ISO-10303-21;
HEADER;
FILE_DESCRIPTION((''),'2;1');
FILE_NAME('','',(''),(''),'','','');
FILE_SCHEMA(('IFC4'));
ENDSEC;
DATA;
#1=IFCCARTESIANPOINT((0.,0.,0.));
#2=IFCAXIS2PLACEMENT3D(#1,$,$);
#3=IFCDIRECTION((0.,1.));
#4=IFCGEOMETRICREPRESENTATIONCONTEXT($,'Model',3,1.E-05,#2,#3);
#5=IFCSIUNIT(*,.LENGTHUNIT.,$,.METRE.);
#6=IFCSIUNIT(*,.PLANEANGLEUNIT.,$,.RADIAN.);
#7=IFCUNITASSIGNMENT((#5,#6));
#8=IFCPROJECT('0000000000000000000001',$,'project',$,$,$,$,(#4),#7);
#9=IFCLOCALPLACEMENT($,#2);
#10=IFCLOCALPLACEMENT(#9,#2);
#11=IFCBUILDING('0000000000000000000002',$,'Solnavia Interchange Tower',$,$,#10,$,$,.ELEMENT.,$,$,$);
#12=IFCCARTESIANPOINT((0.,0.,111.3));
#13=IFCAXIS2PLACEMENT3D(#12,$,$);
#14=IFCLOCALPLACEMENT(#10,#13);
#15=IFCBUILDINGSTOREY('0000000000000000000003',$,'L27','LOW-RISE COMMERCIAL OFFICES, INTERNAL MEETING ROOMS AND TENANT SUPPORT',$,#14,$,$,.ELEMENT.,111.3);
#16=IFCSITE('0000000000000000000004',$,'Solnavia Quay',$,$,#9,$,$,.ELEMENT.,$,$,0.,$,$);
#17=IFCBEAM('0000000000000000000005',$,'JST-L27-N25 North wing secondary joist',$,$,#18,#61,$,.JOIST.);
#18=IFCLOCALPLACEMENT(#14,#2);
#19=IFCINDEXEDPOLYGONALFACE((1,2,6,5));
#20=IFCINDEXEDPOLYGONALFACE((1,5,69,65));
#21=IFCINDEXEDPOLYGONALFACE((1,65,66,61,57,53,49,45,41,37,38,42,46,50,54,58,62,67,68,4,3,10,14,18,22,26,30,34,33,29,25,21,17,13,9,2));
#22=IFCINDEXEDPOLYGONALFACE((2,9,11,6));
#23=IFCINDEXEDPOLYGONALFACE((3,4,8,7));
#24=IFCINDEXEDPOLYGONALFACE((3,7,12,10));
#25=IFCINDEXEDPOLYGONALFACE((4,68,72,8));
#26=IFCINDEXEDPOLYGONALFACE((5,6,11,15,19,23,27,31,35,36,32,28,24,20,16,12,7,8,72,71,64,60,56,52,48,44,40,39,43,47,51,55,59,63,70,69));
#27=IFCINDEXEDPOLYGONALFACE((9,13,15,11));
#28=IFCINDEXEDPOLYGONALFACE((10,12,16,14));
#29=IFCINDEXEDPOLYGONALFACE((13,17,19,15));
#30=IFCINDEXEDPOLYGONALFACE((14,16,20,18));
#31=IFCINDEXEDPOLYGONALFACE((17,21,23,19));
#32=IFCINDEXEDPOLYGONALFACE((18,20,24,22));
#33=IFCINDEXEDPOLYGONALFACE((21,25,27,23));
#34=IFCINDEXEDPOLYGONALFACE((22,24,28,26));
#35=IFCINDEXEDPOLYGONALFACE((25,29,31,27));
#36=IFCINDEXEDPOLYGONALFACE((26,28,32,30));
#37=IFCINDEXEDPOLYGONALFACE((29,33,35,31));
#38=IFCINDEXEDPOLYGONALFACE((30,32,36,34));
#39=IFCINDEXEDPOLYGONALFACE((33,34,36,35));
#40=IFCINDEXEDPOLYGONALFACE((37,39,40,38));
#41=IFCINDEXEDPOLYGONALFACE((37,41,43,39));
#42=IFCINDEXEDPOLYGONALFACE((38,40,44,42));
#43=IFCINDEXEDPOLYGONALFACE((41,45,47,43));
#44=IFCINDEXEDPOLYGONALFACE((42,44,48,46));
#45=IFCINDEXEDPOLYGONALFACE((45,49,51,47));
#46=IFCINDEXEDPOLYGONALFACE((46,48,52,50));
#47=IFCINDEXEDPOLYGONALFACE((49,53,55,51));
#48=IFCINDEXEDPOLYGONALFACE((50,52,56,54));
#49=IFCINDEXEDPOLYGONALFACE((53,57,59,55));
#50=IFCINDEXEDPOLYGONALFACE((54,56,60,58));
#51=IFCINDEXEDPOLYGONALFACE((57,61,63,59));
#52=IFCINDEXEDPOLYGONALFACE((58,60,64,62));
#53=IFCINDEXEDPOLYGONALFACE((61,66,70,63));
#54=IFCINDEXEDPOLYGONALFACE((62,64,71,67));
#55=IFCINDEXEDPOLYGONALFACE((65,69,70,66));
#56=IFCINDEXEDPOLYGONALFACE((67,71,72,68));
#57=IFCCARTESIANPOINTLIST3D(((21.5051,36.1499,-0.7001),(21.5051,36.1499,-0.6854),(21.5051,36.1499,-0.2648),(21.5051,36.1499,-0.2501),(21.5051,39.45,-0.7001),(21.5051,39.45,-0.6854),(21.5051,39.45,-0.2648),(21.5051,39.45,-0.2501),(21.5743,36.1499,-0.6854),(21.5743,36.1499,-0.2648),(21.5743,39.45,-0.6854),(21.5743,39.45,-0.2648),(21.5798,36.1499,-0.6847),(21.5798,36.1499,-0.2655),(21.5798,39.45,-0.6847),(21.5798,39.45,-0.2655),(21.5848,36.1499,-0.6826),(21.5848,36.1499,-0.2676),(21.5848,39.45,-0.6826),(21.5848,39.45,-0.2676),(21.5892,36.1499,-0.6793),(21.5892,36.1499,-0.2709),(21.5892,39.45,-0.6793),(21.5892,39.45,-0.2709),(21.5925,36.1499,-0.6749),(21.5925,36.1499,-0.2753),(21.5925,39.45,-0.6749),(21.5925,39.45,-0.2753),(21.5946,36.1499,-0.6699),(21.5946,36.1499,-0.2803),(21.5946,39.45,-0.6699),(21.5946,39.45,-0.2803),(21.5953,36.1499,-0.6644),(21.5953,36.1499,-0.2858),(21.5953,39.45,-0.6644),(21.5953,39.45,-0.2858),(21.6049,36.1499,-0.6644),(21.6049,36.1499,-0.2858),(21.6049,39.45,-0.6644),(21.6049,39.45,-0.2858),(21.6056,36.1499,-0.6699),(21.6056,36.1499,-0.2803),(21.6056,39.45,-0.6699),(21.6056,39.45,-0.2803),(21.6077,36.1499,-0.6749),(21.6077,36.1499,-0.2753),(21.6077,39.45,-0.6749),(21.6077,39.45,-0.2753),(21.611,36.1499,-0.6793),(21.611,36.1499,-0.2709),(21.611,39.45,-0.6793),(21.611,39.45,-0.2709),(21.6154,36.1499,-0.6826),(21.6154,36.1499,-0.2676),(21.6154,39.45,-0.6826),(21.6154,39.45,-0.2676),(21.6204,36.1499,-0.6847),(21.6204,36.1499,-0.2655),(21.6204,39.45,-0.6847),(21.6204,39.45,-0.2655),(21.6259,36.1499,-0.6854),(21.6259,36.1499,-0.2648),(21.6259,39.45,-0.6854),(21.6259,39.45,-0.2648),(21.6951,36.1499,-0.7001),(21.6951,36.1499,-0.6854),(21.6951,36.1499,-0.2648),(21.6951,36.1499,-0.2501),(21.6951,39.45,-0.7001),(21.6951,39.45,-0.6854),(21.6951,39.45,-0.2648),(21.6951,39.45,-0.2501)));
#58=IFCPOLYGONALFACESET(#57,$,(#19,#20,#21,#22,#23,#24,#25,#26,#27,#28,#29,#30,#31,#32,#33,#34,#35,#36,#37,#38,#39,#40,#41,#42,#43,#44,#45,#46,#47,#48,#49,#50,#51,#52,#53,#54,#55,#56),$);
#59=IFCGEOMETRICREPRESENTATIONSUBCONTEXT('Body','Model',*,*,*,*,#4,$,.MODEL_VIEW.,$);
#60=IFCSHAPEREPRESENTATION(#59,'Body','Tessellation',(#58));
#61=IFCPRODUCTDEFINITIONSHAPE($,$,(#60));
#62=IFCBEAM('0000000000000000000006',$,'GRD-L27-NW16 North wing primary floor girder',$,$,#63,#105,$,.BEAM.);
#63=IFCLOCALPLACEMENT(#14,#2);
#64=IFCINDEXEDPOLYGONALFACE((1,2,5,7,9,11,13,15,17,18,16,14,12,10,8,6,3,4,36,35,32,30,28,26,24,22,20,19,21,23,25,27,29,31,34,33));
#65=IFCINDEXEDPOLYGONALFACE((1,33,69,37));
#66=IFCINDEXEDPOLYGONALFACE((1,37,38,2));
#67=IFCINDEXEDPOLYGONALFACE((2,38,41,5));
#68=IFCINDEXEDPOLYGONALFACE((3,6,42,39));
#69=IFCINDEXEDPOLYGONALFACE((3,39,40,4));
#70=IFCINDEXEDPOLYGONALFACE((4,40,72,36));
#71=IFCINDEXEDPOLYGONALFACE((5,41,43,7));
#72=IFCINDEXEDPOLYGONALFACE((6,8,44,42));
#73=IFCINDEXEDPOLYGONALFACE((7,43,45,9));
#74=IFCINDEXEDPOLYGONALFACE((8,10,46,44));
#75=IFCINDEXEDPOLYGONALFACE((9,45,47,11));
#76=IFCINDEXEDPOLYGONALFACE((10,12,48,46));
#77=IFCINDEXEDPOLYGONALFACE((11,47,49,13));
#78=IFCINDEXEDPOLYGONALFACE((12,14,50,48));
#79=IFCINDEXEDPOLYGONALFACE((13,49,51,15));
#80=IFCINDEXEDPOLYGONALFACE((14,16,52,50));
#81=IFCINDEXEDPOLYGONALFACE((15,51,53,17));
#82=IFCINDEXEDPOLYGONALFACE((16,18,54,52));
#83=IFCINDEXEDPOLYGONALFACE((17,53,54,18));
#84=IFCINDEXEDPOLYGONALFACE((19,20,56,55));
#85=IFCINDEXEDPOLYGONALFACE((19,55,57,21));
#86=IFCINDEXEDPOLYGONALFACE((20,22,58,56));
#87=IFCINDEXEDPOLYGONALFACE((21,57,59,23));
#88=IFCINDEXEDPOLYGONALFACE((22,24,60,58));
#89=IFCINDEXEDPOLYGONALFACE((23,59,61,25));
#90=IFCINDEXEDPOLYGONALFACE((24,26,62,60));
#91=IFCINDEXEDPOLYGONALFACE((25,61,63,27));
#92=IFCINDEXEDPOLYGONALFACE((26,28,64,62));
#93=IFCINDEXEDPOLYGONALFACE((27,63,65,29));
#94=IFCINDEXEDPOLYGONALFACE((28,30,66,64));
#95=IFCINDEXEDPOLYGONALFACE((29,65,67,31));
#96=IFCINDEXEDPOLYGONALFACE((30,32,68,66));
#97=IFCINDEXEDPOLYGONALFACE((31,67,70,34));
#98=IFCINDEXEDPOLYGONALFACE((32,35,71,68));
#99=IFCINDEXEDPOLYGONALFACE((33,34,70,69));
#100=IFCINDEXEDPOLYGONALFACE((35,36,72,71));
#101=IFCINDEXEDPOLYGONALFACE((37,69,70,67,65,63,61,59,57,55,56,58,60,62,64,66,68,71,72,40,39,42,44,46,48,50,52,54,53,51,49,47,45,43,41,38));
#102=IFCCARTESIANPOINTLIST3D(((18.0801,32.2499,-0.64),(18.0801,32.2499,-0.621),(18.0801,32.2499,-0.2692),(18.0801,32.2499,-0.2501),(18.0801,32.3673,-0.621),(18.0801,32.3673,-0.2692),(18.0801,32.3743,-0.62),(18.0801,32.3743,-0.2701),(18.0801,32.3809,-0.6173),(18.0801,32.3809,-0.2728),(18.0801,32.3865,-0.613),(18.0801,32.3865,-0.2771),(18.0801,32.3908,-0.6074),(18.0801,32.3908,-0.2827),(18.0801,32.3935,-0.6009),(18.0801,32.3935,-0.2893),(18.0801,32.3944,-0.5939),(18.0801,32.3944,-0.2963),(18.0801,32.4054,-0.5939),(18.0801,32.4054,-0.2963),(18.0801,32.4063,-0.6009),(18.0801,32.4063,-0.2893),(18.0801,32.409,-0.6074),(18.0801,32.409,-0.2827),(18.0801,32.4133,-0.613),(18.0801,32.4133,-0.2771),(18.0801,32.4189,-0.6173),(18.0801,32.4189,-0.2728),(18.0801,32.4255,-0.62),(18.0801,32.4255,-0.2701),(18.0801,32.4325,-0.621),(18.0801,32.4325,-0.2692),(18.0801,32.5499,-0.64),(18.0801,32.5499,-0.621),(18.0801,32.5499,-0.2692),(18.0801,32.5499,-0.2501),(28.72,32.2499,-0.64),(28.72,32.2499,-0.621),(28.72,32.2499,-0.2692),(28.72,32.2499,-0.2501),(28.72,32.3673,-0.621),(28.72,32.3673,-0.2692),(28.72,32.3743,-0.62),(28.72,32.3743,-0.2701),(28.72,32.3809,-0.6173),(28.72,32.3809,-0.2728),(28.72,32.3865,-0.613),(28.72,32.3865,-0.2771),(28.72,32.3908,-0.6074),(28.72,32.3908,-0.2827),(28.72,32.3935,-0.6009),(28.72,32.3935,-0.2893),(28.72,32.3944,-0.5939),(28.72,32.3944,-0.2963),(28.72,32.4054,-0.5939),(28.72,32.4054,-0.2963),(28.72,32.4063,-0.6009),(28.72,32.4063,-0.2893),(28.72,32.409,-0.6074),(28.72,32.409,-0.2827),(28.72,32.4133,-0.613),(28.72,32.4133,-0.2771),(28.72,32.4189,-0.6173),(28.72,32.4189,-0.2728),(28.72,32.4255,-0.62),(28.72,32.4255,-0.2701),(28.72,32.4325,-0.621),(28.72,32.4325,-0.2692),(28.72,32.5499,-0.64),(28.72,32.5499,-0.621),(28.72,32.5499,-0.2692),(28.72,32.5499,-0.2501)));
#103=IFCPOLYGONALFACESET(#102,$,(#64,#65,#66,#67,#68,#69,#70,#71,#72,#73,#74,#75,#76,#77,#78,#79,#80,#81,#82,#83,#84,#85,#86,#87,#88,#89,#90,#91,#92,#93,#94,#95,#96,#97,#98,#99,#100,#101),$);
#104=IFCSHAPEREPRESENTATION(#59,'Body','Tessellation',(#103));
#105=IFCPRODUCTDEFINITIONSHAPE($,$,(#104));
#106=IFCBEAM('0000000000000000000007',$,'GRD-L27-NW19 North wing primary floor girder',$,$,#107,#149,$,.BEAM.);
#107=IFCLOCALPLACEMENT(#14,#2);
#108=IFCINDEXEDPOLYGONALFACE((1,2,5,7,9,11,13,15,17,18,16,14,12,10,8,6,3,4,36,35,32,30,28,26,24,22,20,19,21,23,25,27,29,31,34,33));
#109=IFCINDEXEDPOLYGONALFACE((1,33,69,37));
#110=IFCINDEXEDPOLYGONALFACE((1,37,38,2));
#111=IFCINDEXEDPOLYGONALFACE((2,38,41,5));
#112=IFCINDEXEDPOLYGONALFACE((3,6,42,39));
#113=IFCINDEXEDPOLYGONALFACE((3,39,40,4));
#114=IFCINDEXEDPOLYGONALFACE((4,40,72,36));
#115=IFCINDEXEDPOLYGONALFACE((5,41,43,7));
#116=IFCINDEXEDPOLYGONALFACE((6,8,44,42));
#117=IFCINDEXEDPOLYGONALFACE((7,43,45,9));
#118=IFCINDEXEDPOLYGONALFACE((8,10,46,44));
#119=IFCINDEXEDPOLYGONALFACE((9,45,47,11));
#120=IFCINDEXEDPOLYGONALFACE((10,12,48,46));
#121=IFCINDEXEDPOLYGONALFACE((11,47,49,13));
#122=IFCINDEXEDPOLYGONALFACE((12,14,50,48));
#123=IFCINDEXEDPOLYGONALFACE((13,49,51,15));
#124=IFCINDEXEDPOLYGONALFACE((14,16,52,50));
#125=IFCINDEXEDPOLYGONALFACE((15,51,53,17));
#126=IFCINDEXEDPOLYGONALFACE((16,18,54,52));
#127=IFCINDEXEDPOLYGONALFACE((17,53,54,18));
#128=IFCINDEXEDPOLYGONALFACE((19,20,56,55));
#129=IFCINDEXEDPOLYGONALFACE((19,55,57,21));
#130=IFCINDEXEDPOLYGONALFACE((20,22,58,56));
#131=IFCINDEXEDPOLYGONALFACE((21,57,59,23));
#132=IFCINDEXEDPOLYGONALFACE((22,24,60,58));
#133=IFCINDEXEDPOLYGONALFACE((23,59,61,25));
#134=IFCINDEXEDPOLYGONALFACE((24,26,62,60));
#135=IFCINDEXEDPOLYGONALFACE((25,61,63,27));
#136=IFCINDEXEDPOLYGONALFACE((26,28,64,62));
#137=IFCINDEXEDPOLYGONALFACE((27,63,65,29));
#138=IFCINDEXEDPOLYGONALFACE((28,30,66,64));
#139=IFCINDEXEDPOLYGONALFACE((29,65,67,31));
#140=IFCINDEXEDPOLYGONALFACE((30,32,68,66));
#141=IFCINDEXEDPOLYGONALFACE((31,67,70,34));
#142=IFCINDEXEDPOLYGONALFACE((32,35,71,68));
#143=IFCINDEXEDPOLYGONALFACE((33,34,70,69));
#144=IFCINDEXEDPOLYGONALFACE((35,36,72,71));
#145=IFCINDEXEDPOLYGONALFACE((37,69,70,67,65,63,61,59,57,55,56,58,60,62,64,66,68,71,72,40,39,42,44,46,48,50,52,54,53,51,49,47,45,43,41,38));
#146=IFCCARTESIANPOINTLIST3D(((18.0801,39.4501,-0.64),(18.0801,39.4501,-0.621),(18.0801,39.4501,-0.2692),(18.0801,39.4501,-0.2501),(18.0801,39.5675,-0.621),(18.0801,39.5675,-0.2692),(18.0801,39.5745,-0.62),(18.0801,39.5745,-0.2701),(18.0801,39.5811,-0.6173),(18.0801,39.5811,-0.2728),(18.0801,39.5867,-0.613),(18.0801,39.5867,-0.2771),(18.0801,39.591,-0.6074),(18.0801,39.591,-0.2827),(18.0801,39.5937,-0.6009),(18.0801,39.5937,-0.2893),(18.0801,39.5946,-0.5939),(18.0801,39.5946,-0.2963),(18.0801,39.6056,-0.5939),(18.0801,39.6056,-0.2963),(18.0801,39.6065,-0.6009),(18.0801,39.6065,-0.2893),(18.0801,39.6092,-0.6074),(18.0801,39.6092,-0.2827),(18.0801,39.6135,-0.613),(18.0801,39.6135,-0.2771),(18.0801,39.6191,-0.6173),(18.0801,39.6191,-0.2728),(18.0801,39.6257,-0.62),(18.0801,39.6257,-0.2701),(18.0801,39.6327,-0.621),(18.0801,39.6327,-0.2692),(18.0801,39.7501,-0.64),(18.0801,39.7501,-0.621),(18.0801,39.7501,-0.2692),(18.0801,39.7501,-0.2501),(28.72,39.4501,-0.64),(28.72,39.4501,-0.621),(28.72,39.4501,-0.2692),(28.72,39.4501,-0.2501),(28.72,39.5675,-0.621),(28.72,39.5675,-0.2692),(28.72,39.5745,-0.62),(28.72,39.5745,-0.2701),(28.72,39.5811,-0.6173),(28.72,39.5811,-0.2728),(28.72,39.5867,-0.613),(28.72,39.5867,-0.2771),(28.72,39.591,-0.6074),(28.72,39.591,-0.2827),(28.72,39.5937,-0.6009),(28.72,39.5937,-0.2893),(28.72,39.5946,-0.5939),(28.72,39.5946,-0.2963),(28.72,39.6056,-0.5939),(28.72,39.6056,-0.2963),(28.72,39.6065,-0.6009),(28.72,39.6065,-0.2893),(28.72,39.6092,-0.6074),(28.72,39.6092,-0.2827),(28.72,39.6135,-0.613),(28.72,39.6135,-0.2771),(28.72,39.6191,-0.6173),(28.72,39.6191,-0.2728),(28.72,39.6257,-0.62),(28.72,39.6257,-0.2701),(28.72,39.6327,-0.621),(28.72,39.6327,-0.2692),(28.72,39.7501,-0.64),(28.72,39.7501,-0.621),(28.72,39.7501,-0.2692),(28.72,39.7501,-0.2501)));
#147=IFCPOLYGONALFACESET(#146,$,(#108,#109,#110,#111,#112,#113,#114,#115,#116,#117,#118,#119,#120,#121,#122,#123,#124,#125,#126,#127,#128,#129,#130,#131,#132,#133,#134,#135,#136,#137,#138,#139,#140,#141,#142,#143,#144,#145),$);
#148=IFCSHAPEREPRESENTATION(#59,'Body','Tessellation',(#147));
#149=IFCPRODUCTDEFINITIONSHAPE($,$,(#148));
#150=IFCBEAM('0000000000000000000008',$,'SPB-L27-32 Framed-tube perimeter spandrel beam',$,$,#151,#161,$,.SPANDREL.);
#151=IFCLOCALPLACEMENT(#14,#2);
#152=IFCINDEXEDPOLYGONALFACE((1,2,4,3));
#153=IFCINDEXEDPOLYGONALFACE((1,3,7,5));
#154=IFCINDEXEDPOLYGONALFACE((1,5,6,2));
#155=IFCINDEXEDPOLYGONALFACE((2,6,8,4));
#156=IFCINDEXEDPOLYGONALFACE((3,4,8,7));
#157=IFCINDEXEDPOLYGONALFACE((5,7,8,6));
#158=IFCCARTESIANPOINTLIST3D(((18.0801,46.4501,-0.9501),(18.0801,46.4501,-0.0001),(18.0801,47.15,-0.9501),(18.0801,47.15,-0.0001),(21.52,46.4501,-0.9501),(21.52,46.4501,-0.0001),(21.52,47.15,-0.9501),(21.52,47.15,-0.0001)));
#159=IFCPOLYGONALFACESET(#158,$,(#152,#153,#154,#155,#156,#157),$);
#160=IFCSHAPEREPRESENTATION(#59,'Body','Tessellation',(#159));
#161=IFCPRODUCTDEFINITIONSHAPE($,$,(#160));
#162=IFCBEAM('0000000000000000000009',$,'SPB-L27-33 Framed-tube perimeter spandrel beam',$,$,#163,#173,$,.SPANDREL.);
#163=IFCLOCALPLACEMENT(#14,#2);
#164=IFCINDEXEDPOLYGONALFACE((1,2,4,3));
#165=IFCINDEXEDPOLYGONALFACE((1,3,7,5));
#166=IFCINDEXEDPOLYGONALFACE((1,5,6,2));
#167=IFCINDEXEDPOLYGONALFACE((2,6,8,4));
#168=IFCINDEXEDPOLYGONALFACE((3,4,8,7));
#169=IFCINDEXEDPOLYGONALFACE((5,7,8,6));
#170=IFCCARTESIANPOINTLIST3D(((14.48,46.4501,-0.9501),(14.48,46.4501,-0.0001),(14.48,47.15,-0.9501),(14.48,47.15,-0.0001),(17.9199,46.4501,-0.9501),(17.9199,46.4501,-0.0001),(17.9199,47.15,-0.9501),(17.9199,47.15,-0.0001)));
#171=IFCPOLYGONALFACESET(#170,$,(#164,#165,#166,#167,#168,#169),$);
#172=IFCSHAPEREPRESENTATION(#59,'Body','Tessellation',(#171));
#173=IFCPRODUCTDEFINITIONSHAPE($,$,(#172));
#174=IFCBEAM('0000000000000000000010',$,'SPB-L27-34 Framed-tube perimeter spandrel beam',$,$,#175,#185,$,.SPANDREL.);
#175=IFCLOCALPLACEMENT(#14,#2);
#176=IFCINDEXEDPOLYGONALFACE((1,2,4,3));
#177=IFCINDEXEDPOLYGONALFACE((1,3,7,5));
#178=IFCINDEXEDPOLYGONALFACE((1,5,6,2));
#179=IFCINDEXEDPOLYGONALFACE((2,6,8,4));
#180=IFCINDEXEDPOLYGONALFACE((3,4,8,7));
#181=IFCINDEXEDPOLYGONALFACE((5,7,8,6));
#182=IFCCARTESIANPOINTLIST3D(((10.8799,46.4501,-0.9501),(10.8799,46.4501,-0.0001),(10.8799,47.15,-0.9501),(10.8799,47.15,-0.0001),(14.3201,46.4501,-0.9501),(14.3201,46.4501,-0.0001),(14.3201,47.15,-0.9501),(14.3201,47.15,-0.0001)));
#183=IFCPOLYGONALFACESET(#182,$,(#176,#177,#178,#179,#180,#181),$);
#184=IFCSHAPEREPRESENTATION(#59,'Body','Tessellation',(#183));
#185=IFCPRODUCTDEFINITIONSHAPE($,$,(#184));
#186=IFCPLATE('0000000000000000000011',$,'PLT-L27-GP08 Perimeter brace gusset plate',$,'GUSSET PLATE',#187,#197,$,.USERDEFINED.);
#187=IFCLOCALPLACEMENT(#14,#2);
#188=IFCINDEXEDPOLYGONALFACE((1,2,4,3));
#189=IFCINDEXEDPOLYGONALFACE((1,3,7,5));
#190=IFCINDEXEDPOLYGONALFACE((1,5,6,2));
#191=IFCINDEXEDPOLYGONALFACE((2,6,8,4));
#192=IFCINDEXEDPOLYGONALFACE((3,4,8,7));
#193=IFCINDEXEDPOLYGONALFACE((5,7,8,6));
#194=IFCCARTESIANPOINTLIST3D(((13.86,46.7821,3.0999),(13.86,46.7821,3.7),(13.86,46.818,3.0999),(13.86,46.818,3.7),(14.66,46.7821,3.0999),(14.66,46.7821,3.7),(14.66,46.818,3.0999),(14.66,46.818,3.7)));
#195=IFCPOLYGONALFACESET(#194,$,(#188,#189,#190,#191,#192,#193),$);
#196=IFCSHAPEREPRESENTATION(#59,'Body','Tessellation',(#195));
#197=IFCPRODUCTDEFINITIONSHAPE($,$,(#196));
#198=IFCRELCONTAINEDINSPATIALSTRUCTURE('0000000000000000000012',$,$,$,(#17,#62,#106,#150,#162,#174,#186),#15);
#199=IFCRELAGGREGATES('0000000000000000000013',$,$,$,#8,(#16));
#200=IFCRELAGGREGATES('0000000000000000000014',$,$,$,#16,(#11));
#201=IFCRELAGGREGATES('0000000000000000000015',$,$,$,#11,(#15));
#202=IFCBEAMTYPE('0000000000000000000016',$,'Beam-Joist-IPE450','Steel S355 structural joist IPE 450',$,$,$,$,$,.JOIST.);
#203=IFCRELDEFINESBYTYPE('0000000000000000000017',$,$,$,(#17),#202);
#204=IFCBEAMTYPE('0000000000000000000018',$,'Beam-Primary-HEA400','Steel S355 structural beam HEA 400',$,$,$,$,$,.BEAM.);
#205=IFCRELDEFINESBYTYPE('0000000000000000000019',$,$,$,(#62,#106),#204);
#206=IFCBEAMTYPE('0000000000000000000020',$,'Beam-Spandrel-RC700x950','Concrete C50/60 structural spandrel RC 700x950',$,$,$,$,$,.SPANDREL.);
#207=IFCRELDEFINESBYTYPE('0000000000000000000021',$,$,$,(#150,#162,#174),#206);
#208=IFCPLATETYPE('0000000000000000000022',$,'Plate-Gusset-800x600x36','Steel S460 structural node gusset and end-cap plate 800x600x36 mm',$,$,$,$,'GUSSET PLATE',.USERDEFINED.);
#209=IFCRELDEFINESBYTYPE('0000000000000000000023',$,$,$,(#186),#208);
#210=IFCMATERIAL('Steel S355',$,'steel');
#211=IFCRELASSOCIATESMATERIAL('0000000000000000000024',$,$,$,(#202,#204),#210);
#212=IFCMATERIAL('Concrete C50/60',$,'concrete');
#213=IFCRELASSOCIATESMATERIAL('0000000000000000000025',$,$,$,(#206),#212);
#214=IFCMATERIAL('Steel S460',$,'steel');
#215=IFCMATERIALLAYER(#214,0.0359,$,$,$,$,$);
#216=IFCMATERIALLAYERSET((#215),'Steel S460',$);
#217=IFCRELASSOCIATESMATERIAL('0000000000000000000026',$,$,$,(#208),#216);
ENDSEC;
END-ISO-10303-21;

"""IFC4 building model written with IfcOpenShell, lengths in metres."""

from ifc_helpers import new_model, si_unit, direction, frame, origin, origin_2d, place, context, subcontext, project, spatial, rectangle, i_section, extrude, material, layer, layer_set, material_profile, profile_set, type_object, element, save


model = new_model("IFC4")

# Units and contexts
model_context = context("Model", 3, precision=1e-05, world=origin(), true_north=direction((0.0, 1.0)))
body_context = subcontext(model_context, "Body", "Model", "MODEL_VIEW")
ifc_project = project(units=[si_unit("LENGTHUNIT", "METRE"), si_unit("PLANEANGLEUNIT", "RADIAN")], contexts=[model_context])

# Site, building, storey
site_placement = place(None, origin())
site = spatial("IfcSite", under=ifc_project, at=site_placement, Name="Solnavia Quay", CompositionType="ELEMENT", RefElevation=0.0)
building_placement = place(site_placement, origin())
building = spatial("IfcBuilding", under=site, at=building_placement, Name="Solnavia Interchange Tower", CompositionType="ELEMENT")
storey_placement = place(building_placement, frame((0.0, 0.0, 111.3)))
storey = spatial("IfcBuildingStorey", under=building, at=storey_placement, Name="L27", Description="LOW-RISE COMMERCIAL OFFICES, INTERNAL MEETING ROOMS AND TENANT SUPPORT", CompositionType="ELEMENT", Elevation=111.3)

# Shared definitions
ifc_material_1 = material(Name="Concrete C50/60", Category="concrete")
ifc_material_2 = material(Name="Steel S355", Category="steel")

# Beams
ifc_material_3 = material(Name="Steel S460", Category="steel")
ifc_material_profile_1 = material_profile(ifc_material_2, i_section(OverallWidth=0.1899, OverallDepth=0.45, WebThickness=0.0095, FlangeThickness=0.0146, FilletRadius=0.021, at=origin_2d()), Name="IPE 450")
ifc_profile_set_1 = profile_set([ifc_material_profile_1], Name="Steel S355")
beam_type_1 = type_object("IfcBeamType", Name="Beam-Joist-IPE450", Description="Steel S355 structural joist IPE 450", PredefinedType="JOIST", material=ifc_profile_set_1)
for number, where, z_axis, x_axis, name in (
    (1, (21.6001, 36.1499, -0.4751), (0.0, 1.0, 0.0), (-1.0, 0.0, 0.0), "JST-L27-N25 North wing secondary joist"),
):
    element("IfcBeam", number, at=place(storey_placement, frame(where, z_axis=z_axis, x_axis=x_axis)), inside=storey, type_object=beam_type_1, Name=name, PredefinedType="JOIST", context=body_context, shape_type="SweptSolid", body=[
        extrude(i_section(OverallWidth=0.1899, OverallDepth=0.45, WebThickness=0.0095, FlangeThickness=0.0146, FilletRadius=0.021, at=origin_2d()), origin(), (0.0, 0.0, 1.0), 3.3),
    ])
ifc_material_profile_2 = material_profile(ifc_material_2, i_section(OverallWidth=0.3, OverallDepth=0.3899, WebThickness=0.011, FlangeThickness=0.019, FilletRadius=0.0271, at=origin_2d()), Name="HEA 400")
ifc_profile_set_2 = profile_set([ifc_material_profile_2], Name="Steel S355")
beam_type_2 = type_object("IfcBeamType", Name="Beam-Primary-HEA400", Description="Steel S355 structural beam HEA 400", PredefinedType="BEAM", material=ifc_profile_set_2)
for number, where, z_axis, x_axis, name in (
    (2, (18.0801, 32.3999, -0.4451), (1.0, 0.0, 0.0), (0.0, 1.0, 0.0), "GRD-L27-NW16 North wing primary floor girder"),
    (3, (18.0801, 39.6001, -0.4451), (1.0, 0.0, 0.0), (0.0, 1.0, 0.0), "GRD-L27-NW19 North wing primary floor girder"),
):
    element("IfcBeam", number, at=place(storey_placement, frame(where, z_axis=z_axis, x_axis=x_axis)), inside=storey, type_object=beam_type_2, Name=name, PredefinedType="BEAM", context=body_context, shape_type="SweptSolid", body=[
        extrude(i_section(OverallWidth=0.3, OverallDepth=0.3899, WebThickness=0.011, FlangeThickness=0.019, FilletRadius=0.0271, at=origin_2d()), origin(), (0.0, 0.0, 1.0), 10.6399),
    ])
ifc_material_profile_3 = material_profile(ifc_material_1, rectangle(XDim=0.7, YDim=0.95, at=origin_2d()), Name="RC 700x950")
ifc_profile_set_3 = profile_set([ifc_material_profile_3], Name="Concrete C50/60")
beam_type_3 = type_object("IfcBeamType", Name="Beam-Spandrel-RC700x950", Description="Concrete C50/60 structural spandrel RC 700x950", PredefinedType="SPANDREL", material=ifc_profile_set_3)
for number, where, z_axis, x_axis, name in (
    (4, (21.52, 46.8, -0.4751), (-1.0, 0.0, 0.0), (0.0, -1.0, 0.0), "SPB-L27-32 Framed-tube perimeter spandrel beam"),
    (5, (17.9199, 46.8, -0.4751), (-1.0, 0.0, 0.0), (0.0, -1.0, 0.0), "SPB-L27-33 Framed-tube perimeter spandrel beam"),
):
    element("IfcBeam", number, at=place(storey_placement, frame(where, z_axis=z_axis, x_axis=x_axis)), inside=storey, type_object=beam_type_3, Name=name, PredefinedType="SPANDREL", context=body_context, shape_type="SweptSolid", body=[
        extrude(rectangle(XDim=0.7, YDim=0.95, at=origin_2d()), origin(), (0.0, 0.0, 1.0), 3.4399),
    ])
beam_placement = place(storey_placement, frame((14.3201, 46.8, -0.4751), z_axis=(-1.0, 0.0, 0.0), x_axis=(0.0, -1.0, 0.0)))
element("IfcBeam", 6, at=beam_placement, inside=storey, type_object=beam_type_3, Name="SPB-L27-34 Framed-tube perimeter spandrel beam", PredefinedType="SPANDREL", context=body_context, shape_type="SweptSolid", body=[
    extrude(rectangle(XDim=0.7, YDim=0.95, at=origin_2d()), origin(), (0.0, 0.0, 1.0), 3.4402),
])

# Plate
ifc_layer_1 = layer(ifc_material_3, 0.0359)
ifc_layer_set_1 = layer_set([ifc_layer_1], Name="Steel S460")
plate_type = type_object("IfcPlateType", Name="Plate-Gusset-800x600x36", Description="Steel S460 structural node gusset and end-cap plate 800x600x36 mm", ElementType="GUSSET PLATE", PredefinedType="USERDEFINED", material=ifc_layer_set_1)
plate_placement = place(storey_placement, frame((14.26, 46.8, 3.0999), z_axis=(0.0, 0.0, 1.0), x_axis=(1.0, 0.0, 0.0)))
element("IfcPlate", 7, at=plate_placement, inside=storey, type_object=plate_type, Name="PLT-L27-GP08 Perimeter brace gusset plate", ObjectType="GUSSET PLATE", PredefinedType="USERDEFINED", context=body_context, shape_type="SweptSolid", body=[
    extrude(rectangle(XDim=0.8, YDim=0.0359, at=origin_2d()), origin(), (0.0, 0.0, 1.0), 0.6001),
])

save(model, "model.ifc")
